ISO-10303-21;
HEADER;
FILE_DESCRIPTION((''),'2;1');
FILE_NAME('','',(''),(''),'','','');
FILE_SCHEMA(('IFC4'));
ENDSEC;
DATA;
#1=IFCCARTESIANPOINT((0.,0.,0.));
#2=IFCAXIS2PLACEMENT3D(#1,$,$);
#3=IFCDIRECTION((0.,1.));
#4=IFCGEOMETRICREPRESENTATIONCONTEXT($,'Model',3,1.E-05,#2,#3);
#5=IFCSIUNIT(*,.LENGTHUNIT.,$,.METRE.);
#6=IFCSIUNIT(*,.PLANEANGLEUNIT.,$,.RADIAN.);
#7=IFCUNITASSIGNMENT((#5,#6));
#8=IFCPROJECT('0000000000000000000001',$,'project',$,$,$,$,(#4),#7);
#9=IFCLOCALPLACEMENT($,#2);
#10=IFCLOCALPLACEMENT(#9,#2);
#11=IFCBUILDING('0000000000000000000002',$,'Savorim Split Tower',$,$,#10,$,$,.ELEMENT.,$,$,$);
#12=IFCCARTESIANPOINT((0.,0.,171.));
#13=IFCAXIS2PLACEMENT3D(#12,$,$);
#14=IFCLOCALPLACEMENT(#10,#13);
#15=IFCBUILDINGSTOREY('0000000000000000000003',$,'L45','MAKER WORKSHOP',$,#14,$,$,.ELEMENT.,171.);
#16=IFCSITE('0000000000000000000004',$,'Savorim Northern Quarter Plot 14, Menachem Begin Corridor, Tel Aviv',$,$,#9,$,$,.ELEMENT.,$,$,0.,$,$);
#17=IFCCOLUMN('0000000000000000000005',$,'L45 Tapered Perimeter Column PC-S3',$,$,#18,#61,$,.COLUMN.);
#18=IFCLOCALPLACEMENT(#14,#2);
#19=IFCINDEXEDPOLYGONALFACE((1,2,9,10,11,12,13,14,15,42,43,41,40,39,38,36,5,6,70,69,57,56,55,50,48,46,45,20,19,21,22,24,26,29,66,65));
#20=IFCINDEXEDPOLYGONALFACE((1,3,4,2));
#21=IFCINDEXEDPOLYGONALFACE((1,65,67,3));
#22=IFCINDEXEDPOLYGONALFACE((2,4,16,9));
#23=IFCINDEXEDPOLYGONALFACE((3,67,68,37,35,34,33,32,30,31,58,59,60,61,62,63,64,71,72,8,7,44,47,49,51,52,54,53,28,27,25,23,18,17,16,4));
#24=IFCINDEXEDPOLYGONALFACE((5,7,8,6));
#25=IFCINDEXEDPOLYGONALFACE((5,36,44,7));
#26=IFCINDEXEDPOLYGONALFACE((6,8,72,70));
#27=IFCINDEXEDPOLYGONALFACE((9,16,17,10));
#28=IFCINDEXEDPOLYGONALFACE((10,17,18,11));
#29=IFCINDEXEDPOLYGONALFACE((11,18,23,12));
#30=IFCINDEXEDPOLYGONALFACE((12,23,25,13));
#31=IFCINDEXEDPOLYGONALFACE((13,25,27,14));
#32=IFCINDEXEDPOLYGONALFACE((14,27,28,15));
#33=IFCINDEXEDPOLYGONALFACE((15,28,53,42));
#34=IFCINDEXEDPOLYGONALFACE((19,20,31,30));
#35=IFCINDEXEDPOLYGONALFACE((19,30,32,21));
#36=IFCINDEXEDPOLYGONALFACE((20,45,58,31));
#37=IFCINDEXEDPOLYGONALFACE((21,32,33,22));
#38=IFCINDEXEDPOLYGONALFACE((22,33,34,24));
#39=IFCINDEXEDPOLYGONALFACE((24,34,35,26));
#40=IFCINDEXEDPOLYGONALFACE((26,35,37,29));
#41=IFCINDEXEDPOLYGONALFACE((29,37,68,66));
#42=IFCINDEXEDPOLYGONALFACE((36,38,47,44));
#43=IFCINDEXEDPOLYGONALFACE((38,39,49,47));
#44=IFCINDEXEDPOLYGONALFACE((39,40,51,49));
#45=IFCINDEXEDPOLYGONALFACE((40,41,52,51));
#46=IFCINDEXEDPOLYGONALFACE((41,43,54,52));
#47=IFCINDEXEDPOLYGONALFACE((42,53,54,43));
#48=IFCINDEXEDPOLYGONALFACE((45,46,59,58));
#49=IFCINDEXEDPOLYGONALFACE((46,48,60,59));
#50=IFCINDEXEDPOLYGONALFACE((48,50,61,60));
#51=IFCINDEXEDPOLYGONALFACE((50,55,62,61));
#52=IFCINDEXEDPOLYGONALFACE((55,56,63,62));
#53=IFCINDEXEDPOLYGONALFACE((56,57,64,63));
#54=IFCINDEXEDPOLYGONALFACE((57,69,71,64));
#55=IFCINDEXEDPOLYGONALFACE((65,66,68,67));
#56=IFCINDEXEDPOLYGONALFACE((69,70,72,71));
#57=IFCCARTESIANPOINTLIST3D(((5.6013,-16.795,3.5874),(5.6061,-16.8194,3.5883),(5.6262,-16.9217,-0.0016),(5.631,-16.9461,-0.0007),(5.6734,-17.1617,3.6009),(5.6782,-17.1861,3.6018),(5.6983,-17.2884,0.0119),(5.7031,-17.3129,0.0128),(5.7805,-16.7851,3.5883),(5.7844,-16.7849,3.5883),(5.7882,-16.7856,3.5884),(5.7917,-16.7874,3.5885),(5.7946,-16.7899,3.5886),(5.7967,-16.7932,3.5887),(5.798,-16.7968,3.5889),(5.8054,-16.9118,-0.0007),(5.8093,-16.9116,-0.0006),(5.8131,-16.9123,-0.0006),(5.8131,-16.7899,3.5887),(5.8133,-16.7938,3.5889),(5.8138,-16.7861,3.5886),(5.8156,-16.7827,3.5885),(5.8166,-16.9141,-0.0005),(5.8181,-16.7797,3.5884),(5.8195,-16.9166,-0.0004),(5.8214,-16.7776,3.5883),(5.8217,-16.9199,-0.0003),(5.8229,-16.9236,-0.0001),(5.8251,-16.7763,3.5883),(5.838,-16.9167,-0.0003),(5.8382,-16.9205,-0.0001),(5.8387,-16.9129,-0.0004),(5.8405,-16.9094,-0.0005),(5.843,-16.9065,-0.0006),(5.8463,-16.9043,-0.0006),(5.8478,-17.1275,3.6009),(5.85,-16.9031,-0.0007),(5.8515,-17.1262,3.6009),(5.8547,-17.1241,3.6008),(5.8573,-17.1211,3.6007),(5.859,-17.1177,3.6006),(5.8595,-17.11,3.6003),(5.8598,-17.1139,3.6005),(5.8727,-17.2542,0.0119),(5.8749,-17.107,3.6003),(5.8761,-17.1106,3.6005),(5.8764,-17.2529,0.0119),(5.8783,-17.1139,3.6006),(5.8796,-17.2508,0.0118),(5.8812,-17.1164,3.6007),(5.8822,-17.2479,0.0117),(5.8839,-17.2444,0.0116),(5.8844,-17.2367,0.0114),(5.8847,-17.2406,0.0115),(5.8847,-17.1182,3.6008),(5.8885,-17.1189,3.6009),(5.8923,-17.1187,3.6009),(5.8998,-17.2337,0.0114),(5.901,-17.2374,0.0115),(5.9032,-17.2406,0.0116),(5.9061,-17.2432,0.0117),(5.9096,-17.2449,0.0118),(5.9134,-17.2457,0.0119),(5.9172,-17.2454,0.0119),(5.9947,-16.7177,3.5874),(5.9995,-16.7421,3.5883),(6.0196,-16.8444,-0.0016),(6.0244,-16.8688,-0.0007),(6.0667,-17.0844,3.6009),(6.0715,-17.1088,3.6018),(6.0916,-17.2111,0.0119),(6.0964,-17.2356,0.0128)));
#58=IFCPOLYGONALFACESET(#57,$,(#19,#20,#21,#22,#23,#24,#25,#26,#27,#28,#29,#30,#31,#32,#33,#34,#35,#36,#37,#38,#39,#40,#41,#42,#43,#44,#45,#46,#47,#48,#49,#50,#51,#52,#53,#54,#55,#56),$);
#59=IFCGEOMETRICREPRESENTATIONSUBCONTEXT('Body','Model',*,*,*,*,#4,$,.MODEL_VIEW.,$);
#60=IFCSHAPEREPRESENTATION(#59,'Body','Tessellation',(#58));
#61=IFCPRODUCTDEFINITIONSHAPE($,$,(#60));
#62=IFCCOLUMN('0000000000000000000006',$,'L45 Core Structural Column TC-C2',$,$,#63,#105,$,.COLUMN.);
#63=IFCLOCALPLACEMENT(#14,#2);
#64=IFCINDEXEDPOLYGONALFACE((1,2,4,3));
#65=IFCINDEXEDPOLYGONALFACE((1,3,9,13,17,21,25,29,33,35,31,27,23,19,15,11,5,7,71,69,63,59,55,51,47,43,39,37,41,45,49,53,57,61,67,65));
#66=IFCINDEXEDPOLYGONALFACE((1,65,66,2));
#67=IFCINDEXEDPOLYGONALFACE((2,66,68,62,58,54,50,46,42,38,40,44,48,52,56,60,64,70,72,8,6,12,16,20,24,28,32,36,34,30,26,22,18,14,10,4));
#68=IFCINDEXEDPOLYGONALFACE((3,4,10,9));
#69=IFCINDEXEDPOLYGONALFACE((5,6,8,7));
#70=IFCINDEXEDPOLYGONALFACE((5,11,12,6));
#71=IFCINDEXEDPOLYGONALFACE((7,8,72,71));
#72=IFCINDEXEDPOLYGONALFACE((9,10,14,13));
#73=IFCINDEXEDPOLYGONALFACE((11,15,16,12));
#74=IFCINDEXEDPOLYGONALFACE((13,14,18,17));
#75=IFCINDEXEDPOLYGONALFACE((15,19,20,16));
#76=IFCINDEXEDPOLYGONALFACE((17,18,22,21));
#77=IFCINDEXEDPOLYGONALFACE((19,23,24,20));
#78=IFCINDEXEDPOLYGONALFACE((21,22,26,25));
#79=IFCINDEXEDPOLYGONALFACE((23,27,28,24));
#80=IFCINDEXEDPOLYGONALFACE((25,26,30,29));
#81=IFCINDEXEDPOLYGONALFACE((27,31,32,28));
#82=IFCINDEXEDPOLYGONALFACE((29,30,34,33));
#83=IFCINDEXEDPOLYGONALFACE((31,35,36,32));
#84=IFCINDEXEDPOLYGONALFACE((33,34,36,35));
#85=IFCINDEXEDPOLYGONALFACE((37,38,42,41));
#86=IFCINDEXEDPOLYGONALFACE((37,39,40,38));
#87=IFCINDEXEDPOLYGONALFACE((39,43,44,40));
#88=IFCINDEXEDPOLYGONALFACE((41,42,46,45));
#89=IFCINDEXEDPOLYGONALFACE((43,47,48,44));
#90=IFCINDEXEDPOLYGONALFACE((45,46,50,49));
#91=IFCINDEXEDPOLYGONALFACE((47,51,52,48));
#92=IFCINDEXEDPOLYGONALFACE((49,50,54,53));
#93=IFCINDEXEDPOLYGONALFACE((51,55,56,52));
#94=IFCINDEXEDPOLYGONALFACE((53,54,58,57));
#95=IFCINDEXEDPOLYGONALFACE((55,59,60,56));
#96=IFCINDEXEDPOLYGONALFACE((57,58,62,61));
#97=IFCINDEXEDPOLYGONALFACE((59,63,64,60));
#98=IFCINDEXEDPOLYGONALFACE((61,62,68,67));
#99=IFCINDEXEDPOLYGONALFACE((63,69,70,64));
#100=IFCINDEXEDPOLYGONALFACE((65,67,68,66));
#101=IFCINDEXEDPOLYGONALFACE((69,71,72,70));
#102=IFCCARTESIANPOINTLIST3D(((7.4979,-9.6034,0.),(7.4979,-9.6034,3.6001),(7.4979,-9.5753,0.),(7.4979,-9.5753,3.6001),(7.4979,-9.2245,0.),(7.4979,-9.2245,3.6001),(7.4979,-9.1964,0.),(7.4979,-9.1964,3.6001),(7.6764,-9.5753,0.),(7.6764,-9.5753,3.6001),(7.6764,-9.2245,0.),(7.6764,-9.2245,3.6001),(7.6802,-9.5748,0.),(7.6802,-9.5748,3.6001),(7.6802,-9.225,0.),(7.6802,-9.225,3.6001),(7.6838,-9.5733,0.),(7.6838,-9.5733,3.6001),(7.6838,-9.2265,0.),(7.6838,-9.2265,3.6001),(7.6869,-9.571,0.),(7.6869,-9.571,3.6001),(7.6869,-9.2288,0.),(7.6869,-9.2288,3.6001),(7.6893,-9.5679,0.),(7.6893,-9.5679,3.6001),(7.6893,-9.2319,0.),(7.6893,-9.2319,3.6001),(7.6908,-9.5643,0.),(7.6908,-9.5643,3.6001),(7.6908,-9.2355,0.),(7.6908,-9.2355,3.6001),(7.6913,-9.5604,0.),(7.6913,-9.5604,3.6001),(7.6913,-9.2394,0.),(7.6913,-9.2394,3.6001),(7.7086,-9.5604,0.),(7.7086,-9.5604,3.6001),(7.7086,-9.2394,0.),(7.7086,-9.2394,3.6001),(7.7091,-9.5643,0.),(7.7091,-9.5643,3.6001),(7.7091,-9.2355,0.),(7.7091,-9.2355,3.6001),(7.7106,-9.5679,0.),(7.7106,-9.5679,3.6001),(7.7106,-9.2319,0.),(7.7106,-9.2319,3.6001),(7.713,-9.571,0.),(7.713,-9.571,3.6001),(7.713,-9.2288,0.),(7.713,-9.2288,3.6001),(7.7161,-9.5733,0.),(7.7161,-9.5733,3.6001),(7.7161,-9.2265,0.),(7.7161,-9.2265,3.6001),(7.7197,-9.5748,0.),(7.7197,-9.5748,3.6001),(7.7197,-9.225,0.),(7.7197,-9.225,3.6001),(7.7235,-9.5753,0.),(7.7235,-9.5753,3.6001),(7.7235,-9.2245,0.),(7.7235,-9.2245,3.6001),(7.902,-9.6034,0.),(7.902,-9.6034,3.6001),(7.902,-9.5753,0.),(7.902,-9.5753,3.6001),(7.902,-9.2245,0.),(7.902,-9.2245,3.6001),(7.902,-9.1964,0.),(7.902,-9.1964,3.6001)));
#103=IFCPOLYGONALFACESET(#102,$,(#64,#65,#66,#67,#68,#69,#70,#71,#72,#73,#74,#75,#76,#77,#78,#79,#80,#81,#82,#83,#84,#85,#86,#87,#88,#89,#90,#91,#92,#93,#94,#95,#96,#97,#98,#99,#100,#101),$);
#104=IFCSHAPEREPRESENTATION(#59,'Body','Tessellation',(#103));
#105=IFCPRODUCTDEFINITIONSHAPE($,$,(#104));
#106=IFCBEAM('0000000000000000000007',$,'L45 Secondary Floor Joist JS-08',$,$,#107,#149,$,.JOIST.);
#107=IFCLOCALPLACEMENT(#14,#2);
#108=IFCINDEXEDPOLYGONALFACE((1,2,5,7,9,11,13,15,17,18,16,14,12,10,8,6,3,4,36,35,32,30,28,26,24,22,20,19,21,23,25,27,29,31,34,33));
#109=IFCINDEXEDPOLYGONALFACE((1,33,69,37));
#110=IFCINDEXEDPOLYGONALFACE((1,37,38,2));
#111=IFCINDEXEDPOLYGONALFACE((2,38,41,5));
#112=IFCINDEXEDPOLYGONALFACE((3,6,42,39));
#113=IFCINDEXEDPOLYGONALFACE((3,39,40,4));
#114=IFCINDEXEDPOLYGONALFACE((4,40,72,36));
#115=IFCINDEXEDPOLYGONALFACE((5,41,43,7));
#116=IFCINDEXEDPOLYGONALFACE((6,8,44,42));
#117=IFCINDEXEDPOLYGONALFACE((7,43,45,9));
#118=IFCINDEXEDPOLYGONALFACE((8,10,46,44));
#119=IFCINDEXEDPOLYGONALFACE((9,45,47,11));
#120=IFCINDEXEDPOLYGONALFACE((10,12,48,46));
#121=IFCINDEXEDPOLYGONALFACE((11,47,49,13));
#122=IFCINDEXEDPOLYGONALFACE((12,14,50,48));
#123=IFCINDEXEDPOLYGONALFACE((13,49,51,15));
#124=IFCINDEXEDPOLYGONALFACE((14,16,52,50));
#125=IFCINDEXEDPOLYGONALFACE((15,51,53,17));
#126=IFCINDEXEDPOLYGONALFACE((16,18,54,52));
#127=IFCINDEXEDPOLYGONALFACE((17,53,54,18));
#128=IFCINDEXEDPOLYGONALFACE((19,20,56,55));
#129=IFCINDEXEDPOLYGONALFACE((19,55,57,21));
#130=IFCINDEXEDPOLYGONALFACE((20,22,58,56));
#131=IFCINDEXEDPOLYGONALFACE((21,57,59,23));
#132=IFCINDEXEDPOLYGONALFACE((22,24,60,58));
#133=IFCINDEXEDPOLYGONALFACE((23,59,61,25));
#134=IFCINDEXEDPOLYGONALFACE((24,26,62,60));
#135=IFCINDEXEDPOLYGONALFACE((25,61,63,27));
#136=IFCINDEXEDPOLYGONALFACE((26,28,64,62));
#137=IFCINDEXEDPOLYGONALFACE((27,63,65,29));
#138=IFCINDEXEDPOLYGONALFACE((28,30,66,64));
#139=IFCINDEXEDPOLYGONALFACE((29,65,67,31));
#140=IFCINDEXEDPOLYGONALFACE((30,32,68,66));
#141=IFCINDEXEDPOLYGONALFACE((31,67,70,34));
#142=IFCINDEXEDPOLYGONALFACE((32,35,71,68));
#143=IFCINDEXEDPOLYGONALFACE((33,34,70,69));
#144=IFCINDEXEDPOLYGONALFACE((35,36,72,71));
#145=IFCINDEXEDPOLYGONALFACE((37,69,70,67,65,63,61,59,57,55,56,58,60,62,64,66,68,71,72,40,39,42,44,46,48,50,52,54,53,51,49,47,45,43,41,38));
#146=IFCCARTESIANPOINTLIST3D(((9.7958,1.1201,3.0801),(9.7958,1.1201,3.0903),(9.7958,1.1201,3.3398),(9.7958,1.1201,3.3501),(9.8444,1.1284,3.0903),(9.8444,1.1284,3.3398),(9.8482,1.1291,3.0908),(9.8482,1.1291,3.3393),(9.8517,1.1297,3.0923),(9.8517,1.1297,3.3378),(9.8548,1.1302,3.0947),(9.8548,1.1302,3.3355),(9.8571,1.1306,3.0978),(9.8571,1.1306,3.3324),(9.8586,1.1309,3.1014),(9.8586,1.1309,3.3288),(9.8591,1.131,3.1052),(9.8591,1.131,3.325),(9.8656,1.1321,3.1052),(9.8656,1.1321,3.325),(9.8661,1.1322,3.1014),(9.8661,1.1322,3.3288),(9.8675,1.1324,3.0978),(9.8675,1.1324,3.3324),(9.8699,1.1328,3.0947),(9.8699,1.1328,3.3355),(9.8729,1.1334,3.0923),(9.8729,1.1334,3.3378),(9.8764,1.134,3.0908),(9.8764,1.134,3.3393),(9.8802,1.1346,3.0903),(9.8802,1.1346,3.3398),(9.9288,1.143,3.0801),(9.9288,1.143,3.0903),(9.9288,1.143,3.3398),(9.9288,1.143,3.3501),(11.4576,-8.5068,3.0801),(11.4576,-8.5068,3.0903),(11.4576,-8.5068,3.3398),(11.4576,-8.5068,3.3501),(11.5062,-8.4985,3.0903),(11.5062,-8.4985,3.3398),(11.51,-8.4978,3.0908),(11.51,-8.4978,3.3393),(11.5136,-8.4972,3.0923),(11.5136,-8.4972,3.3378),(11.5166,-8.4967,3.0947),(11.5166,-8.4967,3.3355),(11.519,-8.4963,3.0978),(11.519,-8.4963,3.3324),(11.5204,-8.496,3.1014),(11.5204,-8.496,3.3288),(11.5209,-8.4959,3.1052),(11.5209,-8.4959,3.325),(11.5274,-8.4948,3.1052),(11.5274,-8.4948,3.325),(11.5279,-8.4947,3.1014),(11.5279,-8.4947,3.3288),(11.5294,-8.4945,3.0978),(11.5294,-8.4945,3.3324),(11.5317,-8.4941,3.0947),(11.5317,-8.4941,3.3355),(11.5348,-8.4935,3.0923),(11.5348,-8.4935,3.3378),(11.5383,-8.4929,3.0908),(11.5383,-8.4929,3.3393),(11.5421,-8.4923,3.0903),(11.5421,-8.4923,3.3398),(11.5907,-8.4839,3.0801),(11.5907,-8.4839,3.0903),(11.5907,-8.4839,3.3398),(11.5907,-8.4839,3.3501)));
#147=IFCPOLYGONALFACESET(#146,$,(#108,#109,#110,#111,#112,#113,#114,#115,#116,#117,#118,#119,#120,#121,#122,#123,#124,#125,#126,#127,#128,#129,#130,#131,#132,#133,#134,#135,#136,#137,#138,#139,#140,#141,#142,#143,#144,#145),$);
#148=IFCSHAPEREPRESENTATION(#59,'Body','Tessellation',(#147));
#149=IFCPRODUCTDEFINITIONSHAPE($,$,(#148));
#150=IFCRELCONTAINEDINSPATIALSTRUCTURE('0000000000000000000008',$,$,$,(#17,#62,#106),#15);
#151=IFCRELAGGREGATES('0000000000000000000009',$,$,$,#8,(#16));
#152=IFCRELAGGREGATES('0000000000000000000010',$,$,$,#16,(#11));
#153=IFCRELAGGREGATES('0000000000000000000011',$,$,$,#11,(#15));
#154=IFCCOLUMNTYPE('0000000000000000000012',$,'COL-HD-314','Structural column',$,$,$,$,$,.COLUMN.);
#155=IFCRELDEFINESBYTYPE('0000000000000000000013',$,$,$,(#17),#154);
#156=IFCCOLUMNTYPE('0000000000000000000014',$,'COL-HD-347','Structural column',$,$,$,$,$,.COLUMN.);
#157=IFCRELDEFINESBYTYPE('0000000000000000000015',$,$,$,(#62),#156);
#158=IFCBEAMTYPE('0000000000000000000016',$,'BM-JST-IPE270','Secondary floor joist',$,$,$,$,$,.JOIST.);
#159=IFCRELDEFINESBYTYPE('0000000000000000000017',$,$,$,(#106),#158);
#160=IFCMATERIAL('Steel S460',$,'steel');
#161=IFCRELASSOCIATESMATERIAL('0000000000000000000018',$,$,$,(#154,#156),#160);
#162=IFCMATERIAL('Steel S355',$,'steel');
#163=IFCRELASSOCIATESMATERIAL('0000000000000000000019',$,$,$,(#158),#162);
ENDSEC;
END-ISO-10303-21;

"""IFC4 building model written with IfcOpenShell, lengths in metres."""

from ifc_helpers import new_model, si_unit, direction, frame, origin, origin_2d, place, context, subcontext, project, spatial, i_section, extrude, material, material_profile, profile_set, type_object, element, save


model = new_model("IFC4")

# Units and contexts
model_context = context("Model", 3, precision=1e-05, world=origin(), true_north=direction((0.0, 1.0)))
body_context = subcontext(model_context, "Body", "Model", "MODEL_VIEW")
ifc_project = project(units=[si_unit("LENGTHUNIT", "METRE"), si_unit("PLANEANGLEUNIT", "RADIAN")], contexts=[model_context])

# Site, building, storey
site_placement = place(None, origin())
site = spatial("IfcSite", under=ifc_project, at=site_placement, Name="Savorim Northern Quarter Plot 14, Menachem Begin Corridor, Tel Aviv", CompositionType="ELEMENT", RefElevation=0.0)
building_placement = place(site_placement, origin())
building = spatial("IfcBuilding", under=site, at=building_placement, Name="Savorim Split Tower", CompositionType="ELEMENT")
storey_placement = place(building_placement, frame((0.0, 0.0, 171.0)))
storey = spatial("IfcBuildingStorey", under=building, at=storey_placement, Name="L45", Description="MAKER WORKSHOP", CompositionType="ELEMENT", Elevation=171.0)

# Columns
ifc_material_1 = material(Name="Steel S460", Category="steel")
ifc_material_profile_1 = material_profile(ifc_material_1, i_section(OverallWidth=0.4009, OverallDepth=0.3989, WebThickness=0.0156, FlangeThickness=0.0249, FilletRadius=0.0149, at=origin_2d()), Name="HD 400x314")
ifc_profile_set_1 = profile_set([ifc_material_profile_1], Name="Steel S460")
column_type_1 = type_object("IfcColumnType", Name="COL-HD-314", Description="Structural column", PredefinedType="COLUMN", material=ifc_profile_set_1)
column_1_placement = place(storey_placement, frame((5.8613, -17.0786, 0.0056), z_axis=(-0.006934, 0.035283, 0.999353), x_axis=(-0.98123, -0.192843, 0.0)))
element("IfcColumn", 1, at=column_1_placement, inside=storey, type_object=column_type_1, Name="L45 Tapered Perimeter Column PC-S3", PredefinedType="COLUMN", context=body_context, shape_type="SweptSolid", body=[
    extrude(i_section(OverallWidth=0.4009, OverallDepth=0.3989, WebThickness=0.0156, FlangeThickness=0.0249, FilletRadius=0.0149, at=origin_2d()), origin(), (0.0, 0.0, 1.0), 3.5913),
])
ifc_material_profile_2 = material_profile(ifc_material_1, i_section(OverallWidth=0.4041, OverallDepth=0.407, WebThickness=0.0173, FlangeThickness=0.0281, FilletRadius=0.0149, at=origin_2d()), Name="HD 400x347")
ifc_profile_set_2 = profile_set([ifc_material_profile_2], Name="Steel S460")
column_type_2 = type_object("IfcColumnType", Name="COL-HD-347", Description="Structural column", PredefinedType="COLUMN", material=ifc_profile_set_2)
column_2_placement = place(storey_placement, frame((7.7, -9.3999, 0.0), z_axis=(0.0, 0.0, 1.0), x_axis=(1.0, 0.0, 0.0)))
element("IfcColumn", 2, at=column_2_placement, inside=storey, type_object=column_type_2, Name="L45 Core Structural Column TC-C2", PredefinedType="COLUMN", context=body_context, shape_type="SweptSolid", body=[
    extrude(i_section(OverallWidth=0.4041, OverallDepth=0.407, WebThickness=0.0173, FlangeThickness=0.0281, FilletRadius=0.0149, at=origin_2d()), origin(), (0.0, 0.0, 1.0), 3.6001),
])

# Beam
ifc_material_2 = material(Name="Steel S355", Category="steel")
ifc_material_profile_3 = material_profile(ifc_material_2, i_section(OverallWidth=0.135, OverallDepth=0.27, WebThickness=0.0066, FlangeThickness=0.0103, FilletRadius=0.0149, at=origin_2d()), Name="IPE 270")
ifc_profile_set_3 = profile_set([ifc_material_profile_3], Name="Steel S355")
beam_type_1 = type_object("IfcBeamType", Name="BM-JST-IPE270", Description="Secondary floor joist", PredefinedType="JOIST", material=ifc_profile_set_3)
beam_1_placement = place(storey_placement, frame((11.5242, -8.4954, 3.2151), z_axis=(-0.17011, 0.985425, 0.0), x_axis=(-0.985425, -0.17011, 0.0)))
element("IfcBeam", 3, at=beam_1_placement, inside=storey, type_object=beam_type_1, Name="L45 Secondary Floor Joist JS-08", PredefinedType="JOIST", context=body_context, shape_type="SweptSolid", body=[
    extrude(i_section(OverallWidth=0.135, OverallDepth=0.27, WebThickness=0.0066, FlangeThickness=0.0103, FilletRadius=0.0149, at=origin_2d()), origin(), (0.0, 0.0, 1.0), 9.7693),
])

save(model, "model.ifc")
